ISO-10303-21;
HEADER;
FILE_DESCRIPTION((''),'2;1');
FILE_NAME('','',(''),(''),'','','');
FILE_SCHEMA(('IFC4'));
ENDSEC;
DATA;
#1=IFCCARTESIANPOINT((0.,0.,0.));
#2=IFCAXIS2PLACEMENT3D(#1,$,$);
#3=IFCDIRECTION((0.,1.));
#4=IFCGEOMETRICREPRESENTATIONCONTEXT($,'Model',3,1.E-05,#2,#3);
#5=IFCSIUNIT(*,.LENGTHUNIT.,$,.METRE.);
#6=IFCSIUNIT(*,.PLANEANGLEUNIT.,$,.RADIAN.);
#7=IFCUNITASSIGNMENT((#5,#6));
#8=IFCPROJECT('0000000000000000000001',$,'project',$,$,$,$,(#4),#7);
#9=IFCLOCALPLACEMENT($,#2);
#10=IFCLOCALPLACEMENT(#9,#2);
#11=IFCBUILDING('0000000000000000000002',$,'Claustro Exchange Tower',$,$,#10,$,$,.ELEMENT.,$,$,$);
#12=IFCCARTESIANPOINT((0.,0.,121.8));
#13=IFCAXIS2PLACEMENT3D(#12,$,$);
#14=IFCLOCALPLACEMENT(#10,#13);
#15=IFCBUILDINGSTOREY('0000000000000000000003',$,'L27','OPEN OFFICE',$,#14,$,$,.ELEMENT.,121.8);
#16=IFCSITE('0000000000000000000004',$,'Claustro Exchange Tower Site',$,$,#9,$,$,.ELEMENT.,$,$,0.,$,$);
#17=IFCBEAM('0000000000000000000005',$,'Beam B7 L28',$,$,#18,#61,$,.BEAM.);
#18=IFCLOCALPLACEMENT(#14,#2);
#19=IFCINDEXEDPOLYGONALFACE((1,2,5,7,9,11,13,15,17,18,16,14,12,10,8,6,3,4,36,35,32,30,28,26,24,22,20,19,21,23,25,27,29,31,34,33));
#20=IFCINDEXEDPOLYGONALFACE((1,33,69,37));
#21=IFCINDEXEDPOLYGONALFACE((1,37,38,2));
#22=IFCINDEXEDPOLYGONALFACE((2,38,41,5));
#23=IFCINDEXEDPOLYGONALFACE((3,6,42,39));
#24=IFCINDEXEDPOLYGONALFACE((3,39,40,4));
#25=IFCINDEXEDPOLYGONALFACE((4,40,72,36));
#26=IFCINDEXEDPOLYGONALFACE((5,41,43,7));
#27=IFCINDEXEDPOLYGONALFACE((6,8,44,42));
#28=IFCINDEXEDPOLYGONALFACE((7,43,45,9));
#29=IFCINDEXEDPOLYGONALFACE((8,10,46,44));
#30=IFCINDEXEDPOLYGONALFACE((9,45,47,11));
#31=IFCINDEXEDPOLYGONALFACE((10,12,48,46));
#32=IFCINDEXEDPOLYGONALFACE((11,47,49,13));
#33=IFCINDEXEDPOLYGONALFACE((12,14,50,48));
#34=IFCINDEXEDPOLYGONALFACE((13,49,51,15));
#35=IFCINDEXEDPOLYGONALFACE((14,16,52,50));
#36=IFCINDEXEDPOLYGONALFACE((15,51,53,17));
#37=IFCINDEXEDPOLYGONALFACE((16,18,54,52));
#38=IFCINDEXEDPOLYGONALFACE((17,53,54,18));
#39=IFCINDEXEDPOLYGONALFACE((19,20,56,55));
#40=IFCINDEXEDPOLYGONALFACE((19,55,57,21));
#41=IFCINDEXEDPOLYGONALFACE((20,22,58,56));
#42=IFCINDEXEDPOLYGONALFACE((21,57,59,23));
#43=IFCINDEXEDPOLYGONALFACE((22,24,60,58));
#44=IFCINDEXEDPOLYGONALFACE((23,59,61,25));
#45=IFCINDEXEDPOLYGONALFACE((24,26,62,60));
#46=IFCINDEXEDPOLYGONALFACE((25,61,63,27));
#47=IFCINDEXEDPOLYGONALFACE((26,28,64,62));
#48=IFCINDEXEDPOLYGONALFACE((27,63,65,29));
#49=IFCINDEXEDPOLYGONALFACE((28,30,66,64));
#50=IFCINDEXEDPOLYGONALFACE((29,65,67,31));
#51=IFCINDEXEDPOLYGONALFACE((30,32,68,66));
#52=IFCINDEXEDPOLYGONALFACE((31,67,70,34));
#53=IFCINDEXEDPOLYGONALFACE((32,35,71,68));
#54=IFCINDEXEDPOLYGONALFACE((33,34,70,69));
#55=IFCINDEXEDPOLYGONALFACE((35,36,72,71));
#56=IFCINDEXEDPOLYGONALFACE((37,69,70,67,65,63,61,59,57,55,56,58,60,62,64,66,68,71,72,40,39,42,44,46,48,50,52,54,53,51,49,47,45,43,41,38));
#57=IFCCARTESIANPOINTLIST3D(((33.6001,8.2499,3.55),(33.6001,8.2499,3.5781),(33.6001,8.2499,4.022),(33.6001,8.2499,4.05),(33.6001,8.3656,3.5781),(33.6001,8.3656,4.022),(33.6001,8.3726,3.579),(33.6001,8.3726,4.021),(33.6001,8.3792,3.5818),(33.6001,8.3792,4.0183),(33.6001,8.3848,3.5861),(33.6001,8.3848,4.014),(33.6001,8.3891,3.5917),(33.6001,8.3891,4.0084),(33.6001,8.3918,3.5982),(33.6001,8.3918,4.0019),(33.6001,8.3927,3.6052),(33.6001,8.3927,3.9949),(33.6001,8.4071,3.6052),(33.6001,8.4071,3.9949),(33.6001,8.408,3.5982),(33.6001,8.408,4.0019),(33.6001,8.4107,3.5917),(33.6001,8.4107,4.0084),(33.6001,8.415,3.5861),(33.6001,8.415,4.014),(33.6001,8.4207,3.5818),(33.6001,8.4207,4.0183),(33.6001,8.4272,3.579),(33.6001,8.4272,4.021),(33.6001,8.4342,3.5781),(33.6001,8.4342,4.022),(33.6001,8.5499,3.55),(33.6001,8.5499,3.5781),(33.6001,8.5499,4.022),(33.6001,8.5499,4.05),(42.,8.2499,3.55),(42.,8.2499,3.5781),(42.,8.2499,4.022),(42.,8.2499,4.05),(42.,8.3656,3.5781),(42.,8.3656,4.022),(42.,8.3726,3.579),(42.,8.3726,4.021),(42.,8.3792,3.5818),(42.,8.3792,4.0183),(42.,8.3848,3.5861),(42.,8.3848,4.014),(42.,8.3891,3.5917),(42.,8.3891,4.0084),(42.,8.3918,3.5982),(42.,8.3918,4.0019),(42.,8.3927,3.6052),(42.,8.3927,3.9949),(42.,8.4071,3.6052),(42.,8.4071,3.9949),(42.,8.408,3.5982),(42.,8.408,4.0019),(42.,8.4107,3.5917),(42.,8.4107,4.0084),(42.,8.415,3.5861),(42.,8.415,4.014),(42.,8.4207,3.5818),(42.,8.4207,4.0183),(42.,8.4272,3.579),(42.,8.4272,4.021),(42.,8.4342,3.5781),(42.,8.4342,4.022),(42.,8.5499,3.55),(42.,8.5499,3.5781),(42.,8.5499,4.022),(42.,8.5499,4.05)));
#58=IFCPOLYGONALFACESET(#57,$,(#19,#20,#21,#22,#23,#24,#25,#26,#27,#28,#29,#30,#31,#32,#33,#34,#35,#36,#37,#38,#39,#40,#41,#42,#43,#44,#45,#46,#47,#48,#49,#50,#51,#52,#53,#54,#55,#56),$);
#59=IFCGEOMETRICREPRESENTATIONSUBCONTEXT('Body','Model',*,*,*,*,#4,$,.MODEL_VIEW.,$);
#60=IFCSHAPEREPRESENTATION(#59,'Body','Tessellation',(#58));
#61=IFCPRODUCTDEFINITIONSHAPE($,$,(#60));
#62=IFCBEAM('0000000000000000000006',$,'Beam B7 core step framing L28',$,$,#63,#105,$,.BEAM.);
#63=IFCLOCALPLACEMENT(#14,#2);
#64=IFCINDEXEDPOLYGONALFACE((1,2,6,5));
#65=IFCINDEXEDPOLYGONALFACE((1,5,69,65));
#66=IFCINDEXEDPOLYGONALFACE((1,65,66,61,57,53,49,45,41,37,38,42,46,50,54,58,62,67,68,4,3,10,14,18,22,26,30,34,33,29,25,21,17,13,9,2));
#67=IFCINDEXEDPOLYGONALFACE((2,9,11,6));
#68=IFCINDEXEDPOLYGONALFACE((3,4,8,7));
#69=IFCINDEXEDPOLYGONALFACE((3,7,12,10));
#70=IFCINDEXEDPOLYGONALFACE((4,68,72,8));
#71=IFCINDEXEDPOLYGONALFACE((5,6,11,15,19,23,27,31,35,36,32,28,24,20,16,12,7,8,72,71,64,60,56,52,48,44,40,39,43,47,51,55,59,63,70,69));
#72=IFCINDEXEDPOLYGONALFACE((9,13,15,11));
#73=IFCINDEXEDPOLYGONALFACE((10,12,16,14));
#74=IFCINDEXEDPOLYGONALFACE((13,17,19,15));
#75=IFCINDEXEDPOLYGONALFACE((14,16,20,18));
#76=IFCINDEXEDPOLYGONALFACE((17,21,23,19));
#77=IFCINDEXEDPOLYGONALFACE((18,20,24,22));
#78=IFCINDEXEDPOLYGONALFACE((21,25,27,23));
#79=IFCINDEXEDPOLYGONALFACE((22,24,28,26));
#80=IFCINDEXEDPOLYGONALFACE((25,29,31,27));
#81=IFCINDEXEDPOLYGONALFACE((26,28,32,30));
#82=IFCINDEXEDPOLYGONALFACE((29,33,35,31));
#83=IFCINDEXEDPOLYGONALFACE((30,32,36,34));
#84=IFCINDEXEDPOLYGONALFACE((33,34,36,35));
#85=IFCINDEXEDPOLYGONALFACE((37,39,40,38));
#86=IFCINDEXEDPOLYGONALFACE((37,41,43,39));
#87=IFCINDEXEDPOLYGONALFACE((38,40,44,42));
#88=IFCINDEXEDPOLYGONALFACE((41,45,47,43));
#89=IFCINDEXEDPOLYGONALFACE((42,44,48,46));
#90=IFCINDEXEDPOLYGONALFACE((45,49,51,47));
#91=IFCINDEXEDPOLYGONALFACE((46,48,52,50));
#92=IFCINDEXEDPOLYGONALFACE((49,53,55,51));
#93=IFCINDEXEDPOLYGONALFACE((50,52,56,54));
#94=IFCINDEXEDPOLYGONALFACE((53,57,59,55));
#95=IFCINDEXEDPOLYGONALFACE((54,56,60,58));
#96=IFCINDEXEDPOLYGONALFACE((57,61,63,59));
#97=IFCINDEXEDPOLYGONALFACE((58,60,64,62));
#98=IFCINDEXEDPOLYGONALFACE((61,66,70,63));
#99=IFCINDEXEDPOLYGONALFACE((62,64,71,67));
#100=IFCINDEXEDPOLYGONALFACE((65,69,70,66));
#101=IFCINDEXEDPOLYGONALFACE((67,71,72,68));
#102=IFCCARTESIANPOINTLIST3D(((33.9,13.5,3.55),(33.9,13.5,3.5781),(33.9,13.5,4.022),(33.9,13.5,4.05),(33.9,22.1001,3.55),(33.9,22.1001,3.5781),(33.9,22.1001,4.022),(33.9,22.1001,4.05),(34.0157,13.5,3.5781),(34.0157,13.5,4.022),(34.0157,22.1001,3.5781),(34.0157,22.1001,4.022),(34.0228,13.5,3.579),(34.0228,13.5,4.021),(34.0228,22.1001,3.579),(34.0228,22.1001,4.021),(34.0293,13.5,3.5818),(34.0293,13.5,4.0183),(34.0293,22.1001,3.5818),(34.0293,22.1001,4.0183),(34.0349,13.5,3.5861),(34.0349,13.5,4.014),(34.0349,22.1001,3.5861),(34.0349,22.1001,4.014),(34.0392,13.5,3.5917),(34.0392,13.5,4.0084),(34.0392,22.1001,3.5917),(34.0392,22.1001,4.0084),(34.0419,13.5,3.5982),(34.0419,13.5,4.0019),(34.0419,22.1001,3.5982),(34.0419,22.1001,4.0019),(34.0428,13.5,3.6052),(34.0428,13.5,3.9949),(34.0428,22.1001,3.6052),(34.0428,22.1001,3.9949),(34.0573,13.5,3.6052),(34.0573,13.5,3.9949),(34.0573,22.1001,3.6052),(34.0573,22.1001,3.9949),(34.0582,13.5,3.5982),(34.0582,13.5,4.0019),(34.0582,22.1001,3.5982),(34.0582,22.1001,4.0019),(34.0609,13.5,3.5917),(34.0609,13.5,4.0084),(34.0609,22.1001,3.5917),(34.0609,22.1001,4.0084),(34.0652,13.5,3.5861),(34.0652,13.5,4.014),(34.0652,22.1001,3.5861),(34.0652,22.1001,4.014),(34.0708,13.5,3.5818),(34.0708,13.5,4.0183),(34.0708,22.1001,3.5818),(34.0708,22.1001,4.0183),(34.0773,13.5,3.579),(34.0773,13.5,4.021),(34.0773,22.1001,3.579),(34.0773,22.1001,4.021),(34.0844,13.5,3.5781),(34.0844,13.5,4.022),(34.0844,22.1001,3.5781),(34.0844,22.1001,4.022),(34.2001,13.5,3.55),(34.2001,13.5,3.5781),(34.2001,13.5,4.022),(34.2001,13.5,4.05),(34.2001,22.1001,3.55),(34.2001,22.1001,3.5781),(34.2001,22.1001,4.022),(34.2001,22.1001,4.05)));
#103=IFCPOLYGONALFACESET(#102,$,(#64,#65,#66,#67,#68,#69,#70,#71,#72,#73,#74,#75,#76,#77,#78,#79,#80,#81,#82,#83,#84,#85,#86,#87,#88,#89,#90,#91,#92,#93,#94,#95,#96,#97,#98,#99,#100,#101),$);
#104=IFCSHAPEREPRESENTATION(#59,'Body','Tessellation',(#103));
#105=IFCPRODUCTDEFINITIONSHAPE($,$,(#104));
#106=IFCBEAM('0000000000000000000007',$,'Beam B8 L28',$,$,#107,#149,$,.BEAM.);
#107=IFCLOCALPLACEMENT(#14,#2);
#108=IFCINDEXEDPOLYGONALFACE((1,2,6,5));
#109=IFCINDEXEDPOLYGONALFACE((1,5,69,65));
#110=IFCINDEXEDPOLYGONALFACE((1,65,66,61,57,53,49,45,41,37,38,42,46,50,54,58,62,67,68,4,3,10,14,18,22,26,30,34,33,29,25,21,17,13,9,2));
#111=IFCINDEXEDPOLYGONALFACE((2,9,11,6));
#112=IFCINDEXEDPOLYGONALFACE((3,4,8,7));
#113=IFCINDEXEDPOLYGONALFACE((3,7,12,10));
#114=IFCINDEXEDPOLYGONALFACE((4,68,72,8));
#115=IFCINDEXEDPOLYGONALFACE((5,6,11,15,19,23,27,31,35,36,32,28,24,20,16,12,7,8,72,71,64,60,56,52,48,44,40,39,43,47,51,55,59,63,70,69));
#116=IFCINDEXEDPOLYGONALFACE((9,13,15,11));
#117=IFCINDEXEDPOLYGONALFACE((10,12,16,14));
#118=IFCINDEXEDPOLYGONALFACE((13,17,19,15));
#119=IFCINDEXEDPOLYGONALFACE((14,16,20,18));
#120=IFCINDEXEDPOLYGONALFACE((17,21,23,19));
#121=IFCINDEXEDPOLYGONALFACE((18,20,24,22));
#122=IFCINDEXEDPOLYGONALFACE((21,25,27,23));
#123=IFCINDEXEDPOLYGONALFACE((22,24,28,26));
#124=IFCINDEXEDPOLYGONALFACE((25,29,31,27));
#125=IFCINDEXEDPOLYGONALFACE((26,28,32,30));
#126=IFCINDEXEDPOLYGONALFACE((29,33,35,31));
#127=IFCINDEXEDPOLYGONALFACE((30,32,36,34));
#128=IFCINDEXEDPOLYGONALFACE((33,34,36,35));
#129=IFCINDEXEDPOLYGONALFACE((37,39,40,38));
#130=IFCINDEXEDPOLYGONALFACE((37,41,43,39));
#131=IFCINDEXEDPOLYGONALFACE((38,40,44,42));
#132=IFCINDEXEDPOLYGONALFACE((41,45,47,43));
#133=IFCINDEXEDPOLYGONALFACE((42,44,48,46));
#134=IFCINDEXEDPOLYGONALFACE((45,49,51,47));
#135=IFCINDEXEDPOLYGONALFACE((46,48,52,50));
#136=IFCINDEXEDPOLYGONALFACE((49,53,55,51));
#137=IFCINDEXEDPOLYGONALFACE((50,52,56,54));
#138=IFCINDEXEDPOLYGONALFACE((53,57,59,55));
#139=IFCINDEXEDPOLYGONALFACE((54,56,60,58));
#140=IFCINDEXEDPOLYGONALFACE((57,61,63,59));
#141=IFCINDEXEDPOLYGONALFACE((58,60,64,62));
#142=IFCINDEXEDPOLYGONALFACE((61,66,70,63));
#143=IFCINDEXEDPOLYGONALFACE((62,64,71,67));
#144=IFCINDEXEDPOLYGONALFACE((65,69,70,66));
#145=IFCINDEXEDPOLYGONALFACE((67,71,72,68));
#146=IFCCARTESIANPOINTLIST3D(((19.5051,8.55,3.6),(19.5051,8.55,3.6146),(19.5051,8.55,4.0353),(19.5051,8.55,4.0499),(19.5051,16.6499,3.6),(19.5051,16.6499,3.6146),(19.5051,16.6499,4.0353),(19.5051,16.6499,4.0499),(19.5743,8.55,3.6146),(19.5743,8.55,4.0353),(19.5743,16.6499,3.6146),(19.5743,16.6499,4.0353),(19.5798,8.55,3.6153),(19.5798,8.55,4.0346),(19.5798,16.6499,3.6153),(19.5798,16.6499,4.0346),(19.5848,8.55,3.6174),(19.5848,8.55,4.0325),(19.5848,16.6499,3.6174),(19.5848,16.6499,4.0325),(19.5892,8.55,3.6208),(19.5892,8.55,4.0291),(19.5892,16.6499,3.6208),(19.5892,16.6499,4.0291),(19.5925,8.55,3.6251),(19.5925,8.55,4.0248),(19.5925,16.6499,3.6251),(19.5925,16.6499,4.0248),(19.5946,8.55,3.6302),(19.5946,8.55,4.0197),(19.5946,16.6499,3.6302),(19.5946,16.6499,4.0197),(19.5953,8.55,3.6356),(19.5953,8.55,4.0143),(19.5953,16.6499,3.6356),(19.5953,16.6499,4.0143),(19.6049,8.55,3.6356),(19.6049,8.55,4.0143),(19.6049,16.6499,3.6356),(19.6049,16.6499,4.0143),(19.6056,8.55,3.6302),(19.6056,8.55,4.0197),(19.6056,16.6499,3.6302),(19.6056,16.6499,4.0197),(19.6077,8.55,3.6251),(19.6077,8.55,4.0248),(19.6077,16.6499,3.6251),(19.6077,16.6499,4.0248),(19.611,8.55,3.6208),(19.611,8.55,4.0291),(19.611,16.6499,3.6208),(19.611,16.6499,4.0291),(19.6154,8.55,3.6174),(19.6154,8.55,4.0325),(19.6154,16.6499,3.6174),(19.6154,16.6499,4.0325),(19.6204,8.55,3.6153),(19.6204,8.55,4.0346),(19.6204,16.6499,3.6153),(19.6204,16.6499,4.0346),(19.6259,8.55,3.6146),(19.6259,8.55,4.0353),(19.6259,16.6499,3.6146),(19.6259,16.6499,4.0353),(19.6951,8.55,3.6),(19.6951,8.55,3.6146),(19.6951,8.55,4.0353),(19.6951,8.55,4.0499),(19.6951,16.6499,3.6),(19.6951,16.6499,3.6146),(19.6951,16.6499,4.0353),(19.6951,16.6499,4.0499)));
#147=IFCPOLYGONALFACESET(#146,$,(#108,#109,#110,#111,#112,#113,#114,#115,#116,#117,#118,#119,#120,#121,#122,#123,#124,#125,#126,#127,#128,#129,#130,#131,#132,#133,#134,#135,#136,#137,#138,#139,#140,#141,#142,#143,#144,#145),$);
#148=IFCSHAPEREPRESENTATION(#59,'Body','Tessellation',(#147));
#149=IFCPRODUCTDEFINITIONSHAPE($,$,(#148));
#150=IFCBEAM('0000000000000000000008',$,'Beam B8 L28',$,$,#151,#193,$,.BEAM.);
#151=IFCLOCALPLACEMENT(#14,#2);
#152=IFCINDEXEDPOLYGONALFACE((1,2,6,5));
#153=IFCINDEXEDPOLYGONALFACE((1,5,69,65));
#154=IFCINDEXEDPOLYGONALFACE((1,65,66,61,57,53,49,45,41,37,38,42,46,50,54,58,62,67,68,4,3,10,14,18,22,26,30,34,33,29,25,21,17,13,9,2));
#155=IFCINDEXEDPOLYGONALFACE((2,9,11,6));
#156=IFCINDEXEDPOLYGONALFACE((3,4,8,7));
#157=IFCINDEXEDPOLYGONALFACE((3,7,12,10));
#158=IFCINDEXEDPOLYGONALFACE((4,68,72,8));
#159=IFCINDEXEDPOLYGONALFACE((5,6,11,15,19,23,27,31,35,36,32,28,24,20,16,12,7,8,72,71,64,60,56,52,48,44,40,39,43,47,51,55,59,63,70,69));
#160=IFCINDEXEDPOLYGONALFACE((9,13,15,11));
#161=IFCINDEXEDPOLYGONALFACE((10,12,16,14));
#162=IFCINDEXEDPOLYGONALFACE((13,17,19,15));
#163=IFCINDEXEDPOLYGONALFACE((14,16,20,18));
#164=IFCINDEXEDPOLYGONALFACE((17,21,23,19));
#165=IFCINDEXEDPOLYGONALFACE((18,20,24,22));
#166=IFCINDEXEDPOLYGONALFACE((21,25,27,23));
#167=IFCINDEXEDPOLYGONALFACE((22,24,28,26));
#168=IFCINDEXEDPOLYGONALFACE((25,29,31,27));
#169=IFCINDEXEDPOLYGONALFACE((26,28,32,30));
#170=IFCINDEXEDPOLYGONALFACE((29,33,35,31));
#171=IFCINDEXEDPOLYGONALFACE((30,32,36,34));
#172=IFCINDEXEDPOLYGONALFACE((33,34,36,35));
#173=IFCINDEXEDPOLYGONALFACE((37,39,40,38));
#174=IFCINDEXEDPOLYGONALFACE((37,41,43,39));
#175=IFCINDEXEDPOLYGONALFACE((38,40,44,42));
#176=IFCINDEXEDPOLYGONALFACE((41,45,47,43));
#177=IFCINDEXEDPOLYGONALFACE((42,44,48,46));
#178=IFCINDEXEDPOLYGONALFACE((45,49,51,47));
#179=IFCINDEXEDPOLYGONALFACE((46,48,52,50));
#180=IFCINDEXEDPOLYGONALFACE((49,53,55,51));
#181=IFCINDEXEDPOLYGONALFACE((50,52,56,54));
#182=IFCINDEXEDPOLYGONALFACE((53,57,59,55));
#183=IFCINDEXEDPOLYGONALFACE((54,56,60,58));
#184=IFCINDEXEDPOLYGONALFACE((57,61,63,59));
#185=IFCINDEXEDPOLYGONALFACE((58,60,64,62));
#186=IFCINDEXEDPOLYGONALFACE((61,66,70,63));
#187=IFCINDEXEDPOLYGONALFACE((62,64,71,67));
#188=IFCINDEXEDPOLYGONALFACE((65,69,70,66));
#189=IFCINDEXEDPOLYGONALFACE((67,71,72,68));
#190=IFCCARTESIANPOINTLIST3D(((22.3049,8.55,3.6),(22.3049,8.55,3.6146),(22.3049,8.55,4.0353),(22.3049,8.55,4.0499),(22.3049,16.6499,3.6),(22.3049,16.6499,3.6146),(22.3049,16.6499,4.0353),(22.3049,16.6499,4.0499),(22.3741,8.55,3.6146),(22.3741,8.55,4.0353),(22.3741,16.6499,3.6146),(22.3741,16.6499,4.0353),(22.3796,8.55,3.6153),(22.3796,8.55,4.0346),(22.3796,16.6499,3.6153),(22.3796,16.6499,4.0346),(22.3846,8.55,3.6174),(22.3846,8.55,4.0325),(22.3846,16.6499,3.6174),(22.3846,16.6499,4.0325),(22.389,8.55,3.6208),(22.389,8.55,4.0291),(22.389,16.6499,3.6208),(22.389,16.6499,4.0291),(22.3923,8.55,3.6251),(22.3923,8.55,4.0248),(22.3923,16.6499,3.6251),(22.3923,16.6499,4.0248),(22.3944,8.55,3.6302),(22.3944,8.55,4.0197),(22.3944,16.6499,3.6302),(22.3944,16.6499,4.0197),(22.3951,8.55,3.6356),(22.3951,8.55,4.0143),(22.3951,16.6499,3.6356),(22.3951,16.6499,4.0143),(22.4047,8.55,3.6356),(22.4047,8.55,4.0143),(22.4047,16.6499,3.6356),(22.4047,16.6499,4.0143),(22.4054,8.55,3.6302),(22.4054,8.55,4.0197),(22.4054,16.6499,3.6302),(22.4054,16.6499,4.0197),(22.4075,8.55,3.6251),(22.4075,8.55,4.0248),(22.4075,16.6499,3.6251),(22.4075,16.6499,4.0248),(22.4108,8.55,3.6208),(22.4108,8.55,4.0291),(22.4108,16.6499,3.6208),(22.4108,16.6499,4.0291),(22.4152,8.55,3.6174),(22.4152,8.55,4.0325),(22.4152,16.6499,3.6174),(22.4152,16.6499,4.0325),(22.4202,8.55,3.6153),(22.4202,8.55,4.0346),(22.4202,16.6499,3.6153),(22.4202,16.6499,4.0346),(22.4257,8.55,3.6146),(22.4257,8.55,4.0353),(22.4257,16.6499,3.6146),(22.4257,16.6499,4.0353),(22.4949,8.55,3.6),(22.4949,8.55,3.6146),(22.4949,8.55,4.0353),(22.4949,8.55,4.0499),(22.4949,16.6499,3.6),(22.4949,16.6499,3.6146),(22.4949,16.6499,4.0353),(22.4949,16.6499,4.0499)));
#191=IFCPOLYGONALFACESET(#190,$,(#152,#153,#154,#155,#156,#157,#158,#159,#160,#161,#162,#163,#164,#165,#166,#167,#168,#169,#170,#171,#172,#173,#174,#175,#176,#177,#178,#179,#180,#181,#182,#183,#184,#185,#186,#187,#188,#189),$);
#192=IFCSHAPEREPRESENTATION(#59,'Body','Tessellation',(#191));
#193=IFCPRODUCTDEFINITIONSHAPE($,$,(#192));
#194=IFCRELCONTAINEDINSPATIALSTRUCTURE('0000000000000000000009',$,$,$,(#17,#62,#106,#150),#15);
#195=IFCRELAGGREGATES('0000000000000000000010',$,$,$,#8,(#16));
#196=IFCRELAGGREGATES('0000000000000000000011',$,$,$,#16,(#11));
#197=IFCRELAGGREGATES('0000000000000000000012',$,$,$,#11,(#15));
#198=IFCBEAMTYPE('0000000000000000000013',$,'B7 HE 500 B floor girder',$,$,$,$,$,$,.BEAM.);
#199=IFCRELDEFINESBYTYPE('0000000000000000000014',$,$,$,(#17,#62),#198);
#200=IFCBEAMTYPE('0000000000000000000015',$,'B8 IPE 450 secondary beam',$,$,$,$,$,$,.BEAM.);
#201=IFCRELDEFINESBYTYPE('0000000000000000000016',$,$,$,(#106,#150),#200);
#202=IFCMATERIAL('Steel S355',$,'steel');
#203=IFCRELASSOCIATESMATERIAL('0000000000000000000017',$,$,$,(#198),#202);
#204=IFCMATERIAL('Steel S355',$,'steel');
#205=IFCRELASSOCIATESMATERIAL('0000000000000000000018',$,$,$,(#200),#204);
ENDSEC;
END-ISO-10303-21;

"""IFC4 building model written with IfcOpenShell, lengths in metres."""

from ifc_helpers import new_model, si_unit, direction, frame, origin, origin_2d, place, context, subcontext, project, spatial, i_section, extrude, material, material_profile, profile_set, type_object, element, save


model = new_model("IFC4")

# Units and contexts
model_context = context("Model", 3, precision=1e-05, world=origin(), true_north=direction((0.0, 1.0)))
body_context = subcontext(model_context, "Body", "Model", "MODEL_VIEW")
ifc_project = project(units=[si_unit("LENGTHUNIT", "METRE"), si_unit("PLANEANGLEUNIT", "RADIAN")], contexts=[model_context])

# Site, building, storey
site_placement = place(None, origin())
site = spatial("IfcSite", under=ifc_project, at=site_placement, Name="Claustro Exchange Tower Site", CompositionType="ELEMENT", RefElevation=0.0)
building_placement = place(site_placement, origin())
building = spatial("IfcBuilding", under=site, at=building_placement, Name="Claustro Exchange Tower", CompositionType="ELEMENT")
storey_placement = place(building_placement, frame((0.0, 0.0, 121.8)))
storey = spatial("IfcBuildingStorey", under=building, at=storey_placement, Name="L27", Description="OPEN OFFICE", CompositionType="ELEMENT", Elevation=121.8)

# Beams
ifc_material_1 = material(Name="Steel S355", Category="steel")
ifc_material_profile_1 = material_profile(ifc_material_1, i_section(OverallWidth=0.3, OverallDepth=0.5, WebThickness=0.0144, FlangeThickness=0.0281, FilletRadius=0.0271, at=origin_2d()), Name="HE 500 B")
ifc_profile_set_1 = profile_set([ifc_material_profile_1], Name="Steel S355")
beam_type_1 = type_object("IfcBeamType", Name="B7 HE 500 B floor girder", PredefinedType="BEAM", material=ifc_profile_set_1)
beam_1_placement = place(storey_placement, frame((33.6001, 8.3999, 3.8), z_axis=(1.0, 0.0, 0.0), x_axis=(0.0, 1.0, 0.0)))
element("IfcBeam", 1, at=beam_1_placement, inside=storey, type_object=beam_type_1, Name="Beam B7 L28", PredefinedType="BEAM", context=body_context, shape_type="SweptSolid", body=[
    extrude(i_section(OverallWidth=0.3, OverallDepth=0.5, WebThickness=0.0144, FlangeThickness=0.0281, FilletRadius=0.0271, at=origin_2d()), origin(), (0.0, 0.0, 1.0), 8.3999),
])
beam_2_placement = place(storey_placement, frame((34.05, 13.5, 3.8), z_axis=(0.0, 1.0, 0.0), x_axis=(-1.0, 0.0, 0.0)))
element("IfcBeam", 2, at=beam_2_placement, inside=storey, type_object=beam_type_1, Name="Beam B7 core step framing L28", PredefinedType="BEAM", context=body_context, shape_type="SweptSolid", body=[
    extrude(i_section(OverallWidth=0.3, OverallDepth=0.5, WebThickness=0.0144, FlangeThickness=0.0281, FilletRadius=0.0271, at=origin_2d()), origin(), (0.0, 0.0, 1.0), 8.6001),
])
ifc_material_2 = material(Name="Steel S355", Category="steel")
ifc_material_profile_2 = material_profile(ifc_material_2, i_section(OverallWidth=0.1899, OverallDepth=0.45, WebThickness=0.0095, FlangeThickness=0.0146, FilletRadius=0.021, at=origin_2d()), Name="IPE 450")
ifc_profile_set_2 = profile_set([ifc_material_profile_2], Name="Steel S355")
beam_type_2 = type_object("IfcBeamType", Name="B8 IPE 450 secondary beam", PredefinedType="BEAM", material=ifc_profile_set_2)
for number, where, z_axis, x_axis, name in (
    (3, (19.6001, 8.55, 3.825), (0.0, 1.0, 0.0), (-1.0, 0.0, 0.0), "Beam B8 L28"),
    (4, (22.3999, 8.55, 3.825), (0.0, 1.0, 0.0), (-1.0, 0.0, 0.0), "Beam B8 L28"),
):
    element("IfcBeam", number, at=place(storey_placement, frame(where, z_axis=z_axis, x_axis=x_axis)), inside=storey, type_object=beam_type_2, Name=name, PredefinedType="BEAM", context=body_context, shape_type="SweptSolid", body=[
        extrude(i_section(OverallWidth=0.1899, OverallDepth=0.45, WebThickness=0.0095, FlangeThickness=0.0146, FilletRadius=0.021, at=origin_2d()), origin(), (0.0, 0.0, 1.0), 8.0999),
    ])

save(model, "model.ifc")
